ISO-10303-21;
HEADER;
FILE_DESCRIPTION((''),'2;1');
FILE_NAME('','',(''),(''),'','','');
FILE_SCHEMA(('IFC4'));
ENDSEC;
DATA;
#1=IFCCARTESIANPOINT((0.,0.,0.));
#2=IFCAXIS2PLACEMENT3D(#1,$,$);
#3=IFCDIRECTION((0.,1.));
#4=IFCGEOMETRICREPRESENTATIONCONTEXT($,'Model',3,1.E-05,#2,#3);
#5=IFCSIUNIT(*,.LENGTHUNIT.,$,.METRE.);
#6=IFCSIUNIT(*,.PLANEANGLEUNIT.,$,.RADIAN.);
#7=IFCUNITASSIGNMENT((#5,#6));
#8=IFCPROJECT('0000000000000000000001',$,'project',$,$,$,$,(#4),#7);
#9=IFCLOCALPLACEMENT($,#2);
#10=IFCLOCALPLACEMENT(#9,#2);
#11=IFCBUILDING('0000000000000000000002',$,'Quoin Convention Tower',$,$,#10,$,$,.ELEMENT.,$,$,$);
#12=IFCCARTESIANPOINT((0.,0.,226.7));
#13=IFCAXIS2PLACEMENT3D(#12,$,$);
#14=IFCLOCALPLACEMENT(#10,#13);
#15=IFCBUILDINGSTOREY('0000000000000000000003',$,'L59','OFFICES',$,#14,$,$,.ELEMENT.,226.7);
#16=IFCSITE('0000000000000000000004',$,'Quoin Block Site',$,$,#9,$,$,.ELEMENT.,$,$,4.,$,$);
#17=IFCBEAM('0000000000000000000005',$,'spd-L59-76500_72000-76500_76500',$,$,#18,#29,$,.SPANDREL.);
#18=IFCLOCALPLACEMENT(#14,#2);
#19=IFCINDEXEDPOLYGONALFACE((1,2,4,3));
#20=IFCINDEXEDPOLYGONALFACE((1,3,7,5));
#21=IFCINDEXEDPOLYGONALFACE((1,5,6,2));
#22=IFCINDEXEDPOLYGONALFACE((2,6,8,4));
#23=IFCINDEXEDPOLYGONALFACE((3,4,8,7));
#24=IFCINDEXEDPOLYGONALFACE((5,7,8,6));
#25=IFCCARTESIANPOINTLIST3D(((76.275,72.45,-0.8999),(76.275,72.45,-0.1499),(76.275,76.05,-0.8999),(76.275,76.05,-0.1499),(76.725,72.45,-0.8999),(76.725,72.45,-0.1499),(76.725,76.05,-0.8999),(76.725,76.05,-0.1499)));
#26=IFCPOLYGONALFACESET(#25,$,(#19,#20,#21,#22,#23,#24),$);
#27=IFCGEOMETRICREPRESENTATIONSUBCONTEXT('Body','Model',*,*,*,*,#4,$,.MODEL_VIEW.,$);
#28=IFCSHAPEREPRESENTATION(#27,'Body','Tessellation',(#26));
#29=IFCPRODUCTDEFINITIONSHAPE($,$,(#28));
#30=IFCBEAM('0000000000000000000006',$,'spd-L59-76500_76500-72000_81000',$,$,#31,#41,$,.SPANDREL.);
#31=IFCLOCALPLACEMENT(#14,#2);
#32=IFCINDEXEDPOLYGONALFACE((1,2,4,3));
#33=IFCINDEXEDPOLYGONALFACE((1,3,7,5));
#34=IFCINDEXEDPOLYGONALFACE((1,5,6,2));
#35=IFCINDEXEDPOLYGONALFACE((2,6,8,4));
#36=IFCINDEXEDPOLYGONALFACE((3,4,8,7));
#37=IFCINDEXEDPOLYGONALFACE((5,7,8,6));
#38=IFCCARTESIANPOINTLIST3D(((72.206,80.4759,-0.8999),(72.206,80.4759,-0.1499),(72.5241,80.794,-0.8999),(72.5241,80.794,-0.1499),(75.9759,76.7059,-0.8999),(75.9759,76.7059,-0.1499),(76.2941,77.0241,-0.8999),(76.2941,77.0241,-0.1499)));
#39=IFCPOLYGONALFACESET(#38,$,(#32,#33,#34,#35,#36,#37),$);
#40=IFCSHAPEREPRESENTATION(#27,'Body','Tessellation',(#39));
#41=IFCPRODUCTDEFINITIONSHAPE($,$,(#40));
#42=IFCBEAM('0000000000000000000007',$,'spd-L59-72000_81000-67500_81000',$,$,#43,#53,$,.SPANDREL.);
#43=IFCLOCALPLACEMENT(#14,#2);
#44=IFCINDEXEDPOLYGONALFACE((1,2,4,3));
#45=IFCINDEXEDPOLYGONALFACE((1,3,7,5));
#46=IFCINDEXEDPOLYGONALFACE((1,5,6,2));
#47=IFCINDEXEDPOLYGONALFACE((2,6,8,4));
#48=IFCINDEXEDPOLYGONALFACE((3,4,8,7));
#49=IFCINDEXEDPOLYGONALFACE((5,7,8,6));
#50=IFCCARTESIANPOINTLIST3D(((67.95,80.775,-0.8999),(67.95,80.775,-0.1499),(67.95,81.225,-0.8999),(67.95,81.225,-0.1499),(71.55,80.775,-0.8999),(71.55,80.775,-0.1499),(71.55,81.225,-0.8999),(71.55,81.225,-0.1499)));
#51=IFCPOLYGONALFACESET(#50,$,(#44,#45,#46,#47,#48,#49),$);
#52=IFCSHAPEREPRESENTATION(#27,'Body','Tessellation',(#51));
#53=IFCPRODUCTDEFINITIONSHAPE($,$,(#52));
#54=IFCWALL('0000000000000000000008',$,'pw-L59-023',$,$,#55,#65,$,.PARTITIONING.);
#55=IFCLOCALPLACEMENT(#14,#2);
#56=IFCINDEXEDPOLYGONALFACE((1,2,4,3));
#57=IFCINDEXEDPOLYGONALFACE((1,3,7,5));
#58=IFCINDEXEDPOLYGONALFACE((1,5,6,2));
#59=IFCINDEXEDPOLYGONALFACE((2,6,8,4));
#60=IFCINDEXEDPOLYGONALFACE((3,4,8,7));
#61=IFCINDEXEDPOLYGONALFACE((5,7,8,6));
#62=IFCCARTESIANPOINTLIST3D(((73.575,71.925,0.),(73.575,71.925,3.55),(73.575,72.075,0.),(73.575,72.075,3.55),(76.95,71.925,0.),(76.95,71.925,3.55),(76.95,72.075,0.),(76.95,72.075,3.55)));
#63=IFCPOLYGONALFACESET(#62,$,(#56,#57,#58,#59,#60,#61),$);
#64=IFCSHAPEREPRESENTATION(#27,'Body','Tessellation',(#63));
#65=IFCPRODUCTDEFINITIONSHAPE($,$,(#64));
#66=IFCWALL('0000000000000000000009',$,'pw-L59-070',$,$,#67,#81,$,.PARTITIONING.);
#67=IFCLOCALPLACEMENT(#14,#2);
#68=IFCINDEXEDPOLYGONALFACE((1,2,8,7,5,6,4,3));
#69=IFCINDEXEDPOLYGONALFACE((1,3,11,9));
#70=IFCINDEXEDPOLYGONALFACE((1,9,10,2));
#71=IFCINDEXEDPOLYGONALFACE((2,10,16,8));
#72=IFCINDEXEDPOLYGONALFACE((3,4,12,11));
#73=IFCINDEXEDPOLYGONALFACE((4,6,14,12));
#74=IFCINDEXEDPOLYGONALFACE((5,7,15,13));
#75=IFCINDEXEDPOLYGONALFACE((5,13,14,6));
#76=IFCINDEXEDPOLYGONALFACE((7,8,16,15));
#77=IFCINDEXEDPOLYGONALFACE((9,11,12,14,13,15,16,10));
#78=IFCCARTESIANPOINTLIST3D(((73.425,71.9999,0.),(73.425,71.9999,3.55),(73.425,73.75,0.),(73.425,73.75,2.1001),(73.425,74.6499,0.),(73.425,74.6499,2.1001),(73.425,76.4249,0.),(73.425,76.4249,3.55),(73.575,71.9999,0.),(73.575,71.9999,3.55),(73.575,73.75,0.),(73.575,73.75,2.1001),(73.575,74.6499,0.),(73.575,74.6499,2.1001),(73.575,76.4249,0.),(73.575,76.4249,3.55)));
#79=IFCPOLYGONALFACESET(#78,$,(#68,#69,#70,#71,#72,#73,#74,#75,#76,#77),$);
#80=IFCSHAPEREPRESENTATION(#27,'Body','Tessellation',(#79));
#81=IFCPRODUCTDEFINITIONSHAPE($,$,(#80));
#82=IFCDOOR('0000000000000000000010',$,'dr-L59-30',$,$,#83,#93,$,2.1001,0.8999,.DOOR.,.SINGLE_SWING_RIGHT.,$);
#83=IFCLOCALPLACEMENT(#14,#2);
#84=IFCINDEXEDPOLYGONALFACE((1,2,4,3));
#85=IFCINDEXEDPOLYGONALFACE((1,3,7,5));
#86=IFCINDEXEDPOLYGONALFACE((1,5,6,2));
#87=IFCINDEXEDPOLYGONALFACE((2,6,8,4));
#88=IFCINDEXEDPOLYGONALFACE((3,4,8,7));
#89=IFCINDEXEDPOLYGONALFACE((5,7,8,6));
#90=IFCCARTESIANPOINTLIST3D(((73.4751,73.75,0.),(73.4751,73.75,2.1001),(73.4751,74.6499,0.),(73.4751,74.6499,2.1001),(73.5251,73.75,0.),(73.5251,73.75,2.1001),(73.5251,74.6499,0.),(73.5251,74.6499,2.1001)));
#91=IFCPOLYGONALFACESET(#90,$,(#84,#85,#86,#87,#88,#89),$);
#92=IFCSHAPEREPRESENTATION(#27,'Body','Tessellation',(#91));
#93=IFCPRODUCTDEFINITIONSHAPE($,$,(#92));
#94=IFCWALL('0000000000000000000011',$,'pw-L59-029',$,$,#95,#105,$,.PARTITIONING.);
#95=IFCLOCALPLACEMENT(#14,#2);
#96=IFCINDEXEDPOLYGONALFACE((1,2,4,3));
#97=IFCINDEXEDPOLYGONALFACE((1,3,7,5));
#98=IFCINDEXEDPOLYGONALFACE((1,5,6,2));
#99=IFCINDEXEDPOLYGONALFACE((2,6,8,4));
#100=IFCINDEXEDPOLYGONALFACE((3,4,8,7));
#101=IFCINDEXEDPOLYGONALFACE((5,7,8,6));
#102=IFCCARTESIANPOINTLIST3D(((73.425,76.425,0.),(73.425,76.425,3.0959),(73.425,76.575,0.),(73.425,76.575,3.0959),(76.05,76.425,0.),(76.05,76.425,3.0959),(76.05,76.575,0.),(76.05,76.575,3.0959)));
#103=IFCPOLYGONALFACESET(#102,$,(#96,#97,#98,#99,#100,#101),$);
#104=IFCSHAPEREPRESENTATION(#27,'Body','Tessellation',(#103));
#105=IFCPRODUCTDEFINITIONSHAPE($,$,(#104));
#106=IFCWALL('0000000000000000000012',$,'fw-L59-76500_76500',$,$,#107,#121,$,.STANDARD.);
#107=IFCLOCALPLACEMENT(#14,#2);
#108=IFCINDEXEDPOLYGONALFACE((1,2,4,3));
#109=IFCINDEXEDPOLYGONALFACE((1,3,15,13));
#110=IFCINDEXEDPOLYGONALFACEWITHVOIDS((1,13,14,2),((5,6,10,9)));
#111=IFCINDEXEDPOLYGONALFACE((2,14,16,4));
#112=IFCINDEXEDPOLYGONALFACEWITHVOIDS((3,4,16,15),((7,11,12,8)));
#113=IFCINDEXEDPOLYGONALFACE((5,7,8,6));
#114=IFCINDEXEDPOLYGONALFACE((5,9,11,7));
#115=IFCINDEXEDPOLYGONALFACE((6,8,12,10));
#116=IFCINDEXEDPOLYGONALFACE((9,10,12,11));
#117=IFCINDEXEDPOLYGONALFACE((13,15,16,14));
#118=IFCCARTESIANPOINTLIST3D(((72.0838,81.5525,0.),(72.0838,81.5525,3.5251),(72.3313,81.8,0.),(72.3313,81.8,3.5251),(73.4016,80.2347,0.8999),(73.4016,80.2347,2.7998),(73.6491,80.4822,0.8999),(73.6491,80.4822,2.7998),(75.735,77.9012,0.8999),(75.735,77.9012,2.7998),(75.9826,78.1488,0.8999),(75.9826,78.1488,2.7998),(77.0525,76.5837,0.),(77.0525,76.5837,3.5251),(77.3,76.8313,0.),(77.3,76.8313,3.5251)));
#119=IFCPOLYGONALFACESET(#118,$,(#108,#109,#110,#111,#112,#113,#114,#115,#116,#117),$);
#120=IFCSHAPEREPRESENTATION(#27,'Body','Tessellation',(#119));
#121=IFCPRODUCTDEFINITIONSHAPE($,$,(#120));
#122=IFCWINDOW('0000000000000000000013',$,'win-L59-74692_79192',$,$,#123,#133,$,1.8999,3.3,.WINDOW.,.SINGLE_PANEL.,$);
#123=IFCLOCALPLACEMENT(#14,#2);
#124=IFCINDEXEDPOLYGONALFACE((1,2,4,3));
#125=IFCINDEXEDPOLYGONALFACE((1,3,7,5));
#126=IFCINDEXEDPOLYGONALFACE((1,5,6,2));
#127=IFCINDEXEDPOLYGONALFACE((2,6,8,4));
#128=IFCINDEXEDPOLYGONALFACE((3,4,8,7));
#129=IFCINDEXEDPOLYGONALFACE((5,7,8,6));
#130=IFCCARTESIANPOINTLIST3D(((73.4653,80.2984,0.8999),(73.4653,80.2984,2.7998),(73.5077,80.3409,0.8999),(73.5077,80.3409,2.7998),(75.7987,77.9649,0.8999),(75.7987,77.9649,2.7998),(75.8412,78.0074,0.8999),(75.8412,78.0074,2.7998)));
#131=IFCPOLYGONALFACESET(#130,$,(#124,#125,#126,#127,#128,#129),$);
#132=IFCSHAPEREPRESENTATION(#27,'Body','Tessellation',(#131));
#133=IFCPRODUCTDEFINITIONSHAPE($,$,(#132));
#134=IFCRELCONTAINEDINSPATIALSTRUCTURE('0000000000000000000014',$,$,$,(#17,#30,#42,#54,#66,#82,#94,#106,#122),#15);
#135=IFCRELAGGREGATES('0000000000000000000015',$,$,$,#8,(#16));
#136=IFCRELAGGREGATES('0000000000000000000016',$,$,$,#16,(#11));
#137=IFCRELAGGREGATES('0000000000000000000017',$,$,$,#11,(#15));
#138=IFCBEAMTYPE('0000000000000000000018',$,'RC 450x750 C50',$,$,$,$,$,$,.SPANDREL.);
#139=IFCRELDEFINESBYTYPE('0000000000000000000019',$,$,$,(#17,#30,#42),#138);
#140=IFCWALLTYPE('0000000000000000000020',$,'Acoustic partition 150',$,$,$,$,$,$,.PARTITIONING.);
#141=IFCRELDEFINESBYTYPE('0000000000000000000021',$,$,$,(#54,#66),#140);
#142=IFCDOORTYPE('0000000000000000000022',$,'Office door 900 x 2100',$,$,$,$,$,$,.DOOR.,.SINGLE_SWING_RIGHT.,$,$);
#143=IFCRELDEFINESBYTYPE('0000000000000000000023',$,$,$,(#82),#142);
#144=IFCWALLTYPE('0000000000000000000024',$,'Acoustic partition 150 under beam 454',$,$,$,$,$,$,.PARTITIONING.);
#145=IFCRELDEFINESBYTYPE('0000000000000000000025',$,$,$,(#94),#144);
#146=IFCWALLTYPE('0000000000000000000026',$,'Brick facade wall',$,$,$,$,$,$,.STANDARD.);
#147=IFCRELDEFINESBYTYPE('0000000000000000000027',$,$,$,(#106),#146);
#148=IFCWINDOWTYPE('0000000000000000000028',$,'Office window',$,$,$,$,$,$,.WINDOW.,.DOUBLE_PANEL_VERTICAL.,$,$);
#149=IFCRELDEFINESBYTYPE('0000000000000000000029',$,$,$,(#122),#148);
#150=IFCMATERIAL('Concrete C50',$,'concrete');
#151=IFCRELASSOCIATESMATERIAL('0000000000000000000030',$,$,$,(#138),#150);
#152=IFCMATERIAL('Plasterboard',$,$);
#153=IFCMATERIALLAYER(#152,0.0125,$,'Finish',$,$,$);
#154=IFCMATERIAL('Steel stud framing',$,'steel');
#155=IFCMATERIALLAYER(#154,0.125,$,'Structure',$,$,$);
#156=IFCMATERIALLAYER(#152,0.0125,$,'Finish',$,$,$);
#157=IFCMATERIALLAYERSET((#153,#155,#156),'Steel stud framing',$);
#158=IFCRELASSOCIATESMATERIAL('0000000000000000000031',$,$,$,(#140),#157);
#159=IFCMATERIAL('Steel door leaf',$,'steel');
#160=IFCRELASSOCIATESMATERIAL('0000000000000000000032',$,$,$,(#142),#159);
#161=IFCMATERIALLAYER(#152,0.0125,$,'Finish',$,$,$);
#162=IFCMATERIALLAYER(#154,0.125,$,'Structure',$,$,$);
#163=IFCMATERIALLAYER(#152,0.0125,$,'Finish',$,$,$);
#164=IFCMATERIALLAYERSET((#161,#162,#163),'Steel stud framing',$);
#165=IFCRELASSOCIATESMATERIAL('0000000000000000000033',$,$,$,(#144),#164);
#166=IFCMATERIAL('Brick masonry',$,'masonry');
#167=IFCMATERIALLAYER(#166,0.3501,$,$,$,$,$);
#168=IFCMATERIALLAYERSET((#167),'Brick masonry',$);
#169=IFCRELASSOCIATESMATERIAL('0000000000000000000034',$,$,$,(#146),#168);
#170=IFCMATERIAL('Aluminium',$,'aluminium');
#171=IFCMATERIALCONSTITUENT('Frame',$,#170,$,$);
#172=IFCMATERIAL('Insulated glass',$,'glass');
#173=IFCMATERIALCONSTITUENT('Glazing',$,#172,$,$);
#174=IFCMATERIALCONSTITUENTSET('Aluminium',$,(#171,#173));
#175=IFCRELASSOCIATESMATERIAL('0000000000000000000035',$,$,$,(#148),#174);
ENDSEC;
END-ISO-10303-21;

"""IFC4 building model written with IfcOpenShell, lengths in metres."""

from ifc_helpers import new_model, si_unit, direction, frame, frame_2d, origin, origin_2d, place, context, subcontext, project, spatial, rectangle, extrude, material, layer, layer_set, constituent, constituent_set, material_profile, profile_set, type_object, element, fill, save


model = new_model("IFC4")

# Units and contexts
model_context = context("Model", 3, precision=1e-05, world=origin(), true_north=direction((0.0, 1.0)))
body_context = subcontext(model_context, "Body", "Model", "MODEL_VIEW")
ifc_project = project(units=[si_unit("LENGTHUNIT", "METRE"), si_unit("PLANEANGLEUNIT", "RADIAN")], contexts=[model_context])

# Site, building, storey
site_placement = place(None, origin())
site = spatial("IfcSite", under=ifc_project, at=site_placement, Name="Quoin Block Site", CompositionType="ELEMENT", RefElevation=4.0)
building_placement = place(site_placement, origin())
building = spatial("IfcBuilding", under=site, at=building_placement, Name="Quoin Convention Tower", CompositionType="ELEMENT")
storey_placement = place(building_placement, frame((0.0, 0.0, 226.7)))
storey = spatial("IfcBuildingStorey", under=building, at=storey_placement, Name="L59", Description="OFFICES", CompositionType="ELEMENT", Elevation=226.7)

# Shared definitions
ifc_material_1 = material(Name="Concrete C50", Category="concrete")

# Beams
ifc_material_profile_1 = material_profile(ifc_material_1, rectangle(XDim=0.45, YDim=0.75, at=origin_2d()), Name="RC 450x750")
ifc_profile_set_1 = profile_set([ifc_material_profile_1], Name="Concrete C50")
beam_type_1 = type_object("IfcBeamType", Name="RC 450x750 C50", PredefinedType="SPANDREL", material=ifc_profile_set_1)
beam_1_placement = place(storey_placement, frame((76.5, 72.45, -0.5249), z_axis=(0.0, 1.0, 0.0), x_axis=(-1.0, 0.0, 0.0)))
element("IfcBeam", 1, at=beam_1_placement, inside=storey, type_object=beam_type_1, Name="spd-L59-76500_72000-76500_76500", PredefinedType="SPANDREL", context=body_context, shape_type="SweptSolid", body=[
    extrude(rectangle(XDim=0.45, YDim=0.75, at=origin_2d()), origin(), (0.0, 0.0, 1.0), 3.6001),
])
beam_2_placement = place(storey_placement, frame((76.135, 76.865, -0.5249), z_axis=(-0.707107, 0.707107, 0.0), x_axis=(-0.707107, -0.707107, 0.0)))
element("IfcBeam", 2, at=beam_2_placement, inside=storey, type_object=beam_type_1, Name="spd-L59-76500_76500-72000_81000", PredefinedType="SPANDREL", context=body_context, shape_type="SweptSolid", body=[
    extrude(rectangle(XDim=0.45, YDim=0.75, at=origin_2d()), origin(), (0.0, 0.0, 1.0), 5.3315),
])
beam_3_placement = place(storey_placement, frame((71.55, 81.0, -0.5249), z_axis=(-1.0, 0.0, 0.0), x_axis=(0.0, -1.0, 0.0)))
element("IfcBeam", 3, at=beam_3_placement, inside=storey, type_object=beam_type_1, Name="spd-L59-72000_81000-67500_81000", PredefinedType="SPANDREL", context=body_context, shape_type="SweptSolid", body=[
    extrude(rectangle(XDim=0.45, YDim=0.75, at=origin_2d()), origin(), (0.0, 0.0, 1.0), 3.6001),
])

# Wall
ifc_material_2 = material(Name="Plasterboard")
ifc_layer_1 = layer(ifc_material_2, 0.0125, Name="Finish")
ifc_material_3 = material(Name="Steel stud framing", Category="steel")
ifc_layer_2 = layer(ifc_material_3, 0.125, Name="Structure")
ifc_layer_3 = layer(ifc_material_2, 0.0125, Name="Finish")
ifc_layer_set_1 = layer_set([ifc_layer_1, ifc_layer_2, ifc_layer_3], Name="Steel stud framing")
wall_type_1 = type_object("IfcWallType", Name="Acoustic partition 150", PredefinedType="PARTITIONING", material=ifc_layer_set_1)
wall_1_placement = place(storey_placement, frame((73.575, 72.0, 0.0), z_axis=(0.0, 0.0, 1.0), x_axis=(1.0, 0.0, 0.0)))
element("IfcWall", 4, at=wall_1_placement, inside=storey, type_object=wall_type_1, Name="pw-L59-023", PredefinedType="PARTITIONING", context=body_context, shape_type="SweptSolid", body=[
    extrude(rectangle(XDim=3.375, YDim=0.1499, at=frame_2d((1.6875, 0.0))), origin(), (0.0, 0.0, 1.0), 3.55),
])

# Wall, opening, door
wall_2_placement = place(storey_placement, frame((73.5, 72.0, 0.0), z_axis=(0.0, 0.0, 1.0), x_axis=(0.0, 1.0, 0.0)))
wall_2 = element("IfcWall", 5, at=wall_2_placement, inside=storey, type_object=wall_type_1, Name="pw-L59-070", PredefinedType="PARTITIONING", context=body_context, shape_type="SweptSolid", body=[
    extrude(rectangle(XDim=4.425, YDim=0.1499, at=frame_2d((2.2124, 0.0))), origin(), (0.0, 0.0, 1.0), 3.55),
])
opening_1_placement = place(wall_2_placement, frame((1.75, 0.0, 0.0)))
opening_1 = element("IfcOpeningElement", 6, at=opening_1_placement, cuts=wall_2, PredefinedType="OPENING", context=body_context, shape_type="SweptSolid", body=[
    extrude(rectangle(XDim=0.8999, YDim=2.1001, at=frame_2d((0.45, 1.05))), frame((0.0, 0.085, 0.0), z_axis=(0.0, -1.0, 0.0), x_axis=(1.0, 0.0, 0.0)), (0.0, 0.0, 1.0), 0.1699),
])
ifc_material_4 = material(Name="Steel door leaf", Category="steel")
door_type_1 = type_object("IfcDoorType", Name="Office door 900 x 2100", OperationType="SINGLE_SWING_RIGHT", PredefinedType="DOOR", material=ifc_material_4)
door_1_placement = place(opening_1_placement, origin())
door_1 = element("IfcDoor", 7, at=door_1_placement, inside=storey, type_object=door_type_1, Name="dr-L59-30", OperationType="SINGLE_SWING_RIGHT", OverallHeight=2.1001, OverallWidth=0.8999, PredefinedType="DOOR", context=body_context, shape_type="SweptSolid", body=[
    extrude(rectangle(XDim=0.8999, YDim=2.1001, at=frame_2d((0.45, 1.05))), frame((0.0, 0.0249, 0.0), z_axis=(0.0, -1.0, 0.0), x_axis=(1.0, 0.0, 0.0)), (0.0, 0.0, 1.0), 0.05),
])
fill(opening_1, door_1)

# Wall
ifc_layer_4 = layer(ifc_material_2, 0.0125, Name="Finish")
ifc_layer_5 = layer(ifc_material_3, 0.125, Name="Structure")
ifc_layer_6 = layer(ifc_material_2, 0.0125, Name="Finish")
ifc_layer_set_2 = layer_set([ifc_layer_4, ifc_layer_5, ifc_layer_6], Name="Steel stud framing")
wall_type_2 = type_object("IfcWallType", Name="Acoustic partition 150 under beam 454", PredefinedType="PARTITIONING", material=ifc_layer_set_2)
wall_3_placement = place(storey_placement, frame((73.425, 76.5, 0.0), z_axis=(0.0, 0.0, 1.0), x_axis=(1.0, 0.0, 0.0)))
element("IfcWall", 8, at=wall_3_placement, inside=storey, type_object=wall_type_2, Name="pw-L59-029", PredefinedType="PARTITIONING", context=body_context, shape_type="SweptSolid", body=[
    extrude(rectangle(XDim=2.625, YDim=0.1499, at=frame_2d((1.3125, 0.0))), origin(), (0.0, 0.0, 1.0), 3.0959),
])

# Wall, opening, window
ifc_material_5 = material(Name="Brick masonry", Category="masonry")
ifc_layer_7 = layer(ifc_material_5, 0.3501)
ifc_layer_set_3 = layer_set([ifc_layer_7], Name="Brick masonry")
wall_type_3 = type_object("IfcWallType", Name="Brick facade wall", PredefinedType="STANDARD", material=ifc_layer_set_3)
wall_4_placement = place(storey_placement, frame((77.1763, 76.7075, 0.0), z_axis=(0.0, 0.0, 1.0), x_axis=(-0.707107, 0.707107, 0.0)))
wall_4 = element("IfcWall", 9, at=wall_4_placement, inside=storey, type_object=wall_type_3, Name="fw-L59-76500_76500", PredefinedType="STANDARD", context=body_context, shape_type="SweptSolid", body=[
    extrude(rectangle(XDim=7.0269, YDim=0.3501, at=frame_2d((3.5134, 0.0))), origin(), (0.0, 0.0, 1.0), 3.5251),
])
opening_2_placement = place(wall_4_placement, frame((1.8633, 0.0, 0.8999)))
opening_2 = element("IfcOpeningElement", 10, at=opening_2_placement, cuts=wall_4, PredefinedType="OPENING", context=body_context, shape_type="SweptSolid", body=[
    extrude(rectangle(XDim=3.3, YDim=1.8999, at=frame_2d((1.6499, 0.95))), frame((0.0, 0.1851, 0.0), z_axis=(0.0, -1.0, 0.0), x_axis=(1.0, 0.0, 0.0)), (0.0, 0.0, 1.0), 0.3701),
])
ifc_material_6 = material(Name="Aluminium", Category="aluminium")
ifc_constituent_1 = constituent(ifc_material_6, Name="Frame")
ifc_material_7 = material(Name="Insulated glass", Category="glass")
ifc_constituent_2 = constituent(ifc_material_7, Name="Glazing")
ifc_constituent_set = constituent_set(constituents=[ifc_constituent_1, ifc_constituent_2], Name="Aluminium")
window_type = type_object("IfcWindowType", Name="Office window", PartitioningType="DOUBLE_PANEL_VERTICAL", PredefinedType="WINDOW", material=ifc_constituent_set)
window_1_placement = place(opening_2_placement, origin())
window_1 = element("IfcWindow", 11, at=window_1_placement, inside=storey, type_object=window_type, Name="win-L59-74692_79192", OverallHeight=1.8999, OverallWidth=3.3, PartitioningType="SINGLE_PANEL", PredefinedType="WINDOW", context=body_context, shape_type="SweptSolid", body=[
    extrude(rectangle(XDim=3.3, YDim=1.8999, at=frame_2d((1.6499, 0.95))), frame((0.0, 0.085, 0.0), z_axis=(0.0, -1.0, 0.0), x_axis=(1.0, 0.0, 0.0)), (0.0, 0.0, 1.0), 0.0601),
])
fill(opening_2, window_1)

save(model, "model.ifc")
